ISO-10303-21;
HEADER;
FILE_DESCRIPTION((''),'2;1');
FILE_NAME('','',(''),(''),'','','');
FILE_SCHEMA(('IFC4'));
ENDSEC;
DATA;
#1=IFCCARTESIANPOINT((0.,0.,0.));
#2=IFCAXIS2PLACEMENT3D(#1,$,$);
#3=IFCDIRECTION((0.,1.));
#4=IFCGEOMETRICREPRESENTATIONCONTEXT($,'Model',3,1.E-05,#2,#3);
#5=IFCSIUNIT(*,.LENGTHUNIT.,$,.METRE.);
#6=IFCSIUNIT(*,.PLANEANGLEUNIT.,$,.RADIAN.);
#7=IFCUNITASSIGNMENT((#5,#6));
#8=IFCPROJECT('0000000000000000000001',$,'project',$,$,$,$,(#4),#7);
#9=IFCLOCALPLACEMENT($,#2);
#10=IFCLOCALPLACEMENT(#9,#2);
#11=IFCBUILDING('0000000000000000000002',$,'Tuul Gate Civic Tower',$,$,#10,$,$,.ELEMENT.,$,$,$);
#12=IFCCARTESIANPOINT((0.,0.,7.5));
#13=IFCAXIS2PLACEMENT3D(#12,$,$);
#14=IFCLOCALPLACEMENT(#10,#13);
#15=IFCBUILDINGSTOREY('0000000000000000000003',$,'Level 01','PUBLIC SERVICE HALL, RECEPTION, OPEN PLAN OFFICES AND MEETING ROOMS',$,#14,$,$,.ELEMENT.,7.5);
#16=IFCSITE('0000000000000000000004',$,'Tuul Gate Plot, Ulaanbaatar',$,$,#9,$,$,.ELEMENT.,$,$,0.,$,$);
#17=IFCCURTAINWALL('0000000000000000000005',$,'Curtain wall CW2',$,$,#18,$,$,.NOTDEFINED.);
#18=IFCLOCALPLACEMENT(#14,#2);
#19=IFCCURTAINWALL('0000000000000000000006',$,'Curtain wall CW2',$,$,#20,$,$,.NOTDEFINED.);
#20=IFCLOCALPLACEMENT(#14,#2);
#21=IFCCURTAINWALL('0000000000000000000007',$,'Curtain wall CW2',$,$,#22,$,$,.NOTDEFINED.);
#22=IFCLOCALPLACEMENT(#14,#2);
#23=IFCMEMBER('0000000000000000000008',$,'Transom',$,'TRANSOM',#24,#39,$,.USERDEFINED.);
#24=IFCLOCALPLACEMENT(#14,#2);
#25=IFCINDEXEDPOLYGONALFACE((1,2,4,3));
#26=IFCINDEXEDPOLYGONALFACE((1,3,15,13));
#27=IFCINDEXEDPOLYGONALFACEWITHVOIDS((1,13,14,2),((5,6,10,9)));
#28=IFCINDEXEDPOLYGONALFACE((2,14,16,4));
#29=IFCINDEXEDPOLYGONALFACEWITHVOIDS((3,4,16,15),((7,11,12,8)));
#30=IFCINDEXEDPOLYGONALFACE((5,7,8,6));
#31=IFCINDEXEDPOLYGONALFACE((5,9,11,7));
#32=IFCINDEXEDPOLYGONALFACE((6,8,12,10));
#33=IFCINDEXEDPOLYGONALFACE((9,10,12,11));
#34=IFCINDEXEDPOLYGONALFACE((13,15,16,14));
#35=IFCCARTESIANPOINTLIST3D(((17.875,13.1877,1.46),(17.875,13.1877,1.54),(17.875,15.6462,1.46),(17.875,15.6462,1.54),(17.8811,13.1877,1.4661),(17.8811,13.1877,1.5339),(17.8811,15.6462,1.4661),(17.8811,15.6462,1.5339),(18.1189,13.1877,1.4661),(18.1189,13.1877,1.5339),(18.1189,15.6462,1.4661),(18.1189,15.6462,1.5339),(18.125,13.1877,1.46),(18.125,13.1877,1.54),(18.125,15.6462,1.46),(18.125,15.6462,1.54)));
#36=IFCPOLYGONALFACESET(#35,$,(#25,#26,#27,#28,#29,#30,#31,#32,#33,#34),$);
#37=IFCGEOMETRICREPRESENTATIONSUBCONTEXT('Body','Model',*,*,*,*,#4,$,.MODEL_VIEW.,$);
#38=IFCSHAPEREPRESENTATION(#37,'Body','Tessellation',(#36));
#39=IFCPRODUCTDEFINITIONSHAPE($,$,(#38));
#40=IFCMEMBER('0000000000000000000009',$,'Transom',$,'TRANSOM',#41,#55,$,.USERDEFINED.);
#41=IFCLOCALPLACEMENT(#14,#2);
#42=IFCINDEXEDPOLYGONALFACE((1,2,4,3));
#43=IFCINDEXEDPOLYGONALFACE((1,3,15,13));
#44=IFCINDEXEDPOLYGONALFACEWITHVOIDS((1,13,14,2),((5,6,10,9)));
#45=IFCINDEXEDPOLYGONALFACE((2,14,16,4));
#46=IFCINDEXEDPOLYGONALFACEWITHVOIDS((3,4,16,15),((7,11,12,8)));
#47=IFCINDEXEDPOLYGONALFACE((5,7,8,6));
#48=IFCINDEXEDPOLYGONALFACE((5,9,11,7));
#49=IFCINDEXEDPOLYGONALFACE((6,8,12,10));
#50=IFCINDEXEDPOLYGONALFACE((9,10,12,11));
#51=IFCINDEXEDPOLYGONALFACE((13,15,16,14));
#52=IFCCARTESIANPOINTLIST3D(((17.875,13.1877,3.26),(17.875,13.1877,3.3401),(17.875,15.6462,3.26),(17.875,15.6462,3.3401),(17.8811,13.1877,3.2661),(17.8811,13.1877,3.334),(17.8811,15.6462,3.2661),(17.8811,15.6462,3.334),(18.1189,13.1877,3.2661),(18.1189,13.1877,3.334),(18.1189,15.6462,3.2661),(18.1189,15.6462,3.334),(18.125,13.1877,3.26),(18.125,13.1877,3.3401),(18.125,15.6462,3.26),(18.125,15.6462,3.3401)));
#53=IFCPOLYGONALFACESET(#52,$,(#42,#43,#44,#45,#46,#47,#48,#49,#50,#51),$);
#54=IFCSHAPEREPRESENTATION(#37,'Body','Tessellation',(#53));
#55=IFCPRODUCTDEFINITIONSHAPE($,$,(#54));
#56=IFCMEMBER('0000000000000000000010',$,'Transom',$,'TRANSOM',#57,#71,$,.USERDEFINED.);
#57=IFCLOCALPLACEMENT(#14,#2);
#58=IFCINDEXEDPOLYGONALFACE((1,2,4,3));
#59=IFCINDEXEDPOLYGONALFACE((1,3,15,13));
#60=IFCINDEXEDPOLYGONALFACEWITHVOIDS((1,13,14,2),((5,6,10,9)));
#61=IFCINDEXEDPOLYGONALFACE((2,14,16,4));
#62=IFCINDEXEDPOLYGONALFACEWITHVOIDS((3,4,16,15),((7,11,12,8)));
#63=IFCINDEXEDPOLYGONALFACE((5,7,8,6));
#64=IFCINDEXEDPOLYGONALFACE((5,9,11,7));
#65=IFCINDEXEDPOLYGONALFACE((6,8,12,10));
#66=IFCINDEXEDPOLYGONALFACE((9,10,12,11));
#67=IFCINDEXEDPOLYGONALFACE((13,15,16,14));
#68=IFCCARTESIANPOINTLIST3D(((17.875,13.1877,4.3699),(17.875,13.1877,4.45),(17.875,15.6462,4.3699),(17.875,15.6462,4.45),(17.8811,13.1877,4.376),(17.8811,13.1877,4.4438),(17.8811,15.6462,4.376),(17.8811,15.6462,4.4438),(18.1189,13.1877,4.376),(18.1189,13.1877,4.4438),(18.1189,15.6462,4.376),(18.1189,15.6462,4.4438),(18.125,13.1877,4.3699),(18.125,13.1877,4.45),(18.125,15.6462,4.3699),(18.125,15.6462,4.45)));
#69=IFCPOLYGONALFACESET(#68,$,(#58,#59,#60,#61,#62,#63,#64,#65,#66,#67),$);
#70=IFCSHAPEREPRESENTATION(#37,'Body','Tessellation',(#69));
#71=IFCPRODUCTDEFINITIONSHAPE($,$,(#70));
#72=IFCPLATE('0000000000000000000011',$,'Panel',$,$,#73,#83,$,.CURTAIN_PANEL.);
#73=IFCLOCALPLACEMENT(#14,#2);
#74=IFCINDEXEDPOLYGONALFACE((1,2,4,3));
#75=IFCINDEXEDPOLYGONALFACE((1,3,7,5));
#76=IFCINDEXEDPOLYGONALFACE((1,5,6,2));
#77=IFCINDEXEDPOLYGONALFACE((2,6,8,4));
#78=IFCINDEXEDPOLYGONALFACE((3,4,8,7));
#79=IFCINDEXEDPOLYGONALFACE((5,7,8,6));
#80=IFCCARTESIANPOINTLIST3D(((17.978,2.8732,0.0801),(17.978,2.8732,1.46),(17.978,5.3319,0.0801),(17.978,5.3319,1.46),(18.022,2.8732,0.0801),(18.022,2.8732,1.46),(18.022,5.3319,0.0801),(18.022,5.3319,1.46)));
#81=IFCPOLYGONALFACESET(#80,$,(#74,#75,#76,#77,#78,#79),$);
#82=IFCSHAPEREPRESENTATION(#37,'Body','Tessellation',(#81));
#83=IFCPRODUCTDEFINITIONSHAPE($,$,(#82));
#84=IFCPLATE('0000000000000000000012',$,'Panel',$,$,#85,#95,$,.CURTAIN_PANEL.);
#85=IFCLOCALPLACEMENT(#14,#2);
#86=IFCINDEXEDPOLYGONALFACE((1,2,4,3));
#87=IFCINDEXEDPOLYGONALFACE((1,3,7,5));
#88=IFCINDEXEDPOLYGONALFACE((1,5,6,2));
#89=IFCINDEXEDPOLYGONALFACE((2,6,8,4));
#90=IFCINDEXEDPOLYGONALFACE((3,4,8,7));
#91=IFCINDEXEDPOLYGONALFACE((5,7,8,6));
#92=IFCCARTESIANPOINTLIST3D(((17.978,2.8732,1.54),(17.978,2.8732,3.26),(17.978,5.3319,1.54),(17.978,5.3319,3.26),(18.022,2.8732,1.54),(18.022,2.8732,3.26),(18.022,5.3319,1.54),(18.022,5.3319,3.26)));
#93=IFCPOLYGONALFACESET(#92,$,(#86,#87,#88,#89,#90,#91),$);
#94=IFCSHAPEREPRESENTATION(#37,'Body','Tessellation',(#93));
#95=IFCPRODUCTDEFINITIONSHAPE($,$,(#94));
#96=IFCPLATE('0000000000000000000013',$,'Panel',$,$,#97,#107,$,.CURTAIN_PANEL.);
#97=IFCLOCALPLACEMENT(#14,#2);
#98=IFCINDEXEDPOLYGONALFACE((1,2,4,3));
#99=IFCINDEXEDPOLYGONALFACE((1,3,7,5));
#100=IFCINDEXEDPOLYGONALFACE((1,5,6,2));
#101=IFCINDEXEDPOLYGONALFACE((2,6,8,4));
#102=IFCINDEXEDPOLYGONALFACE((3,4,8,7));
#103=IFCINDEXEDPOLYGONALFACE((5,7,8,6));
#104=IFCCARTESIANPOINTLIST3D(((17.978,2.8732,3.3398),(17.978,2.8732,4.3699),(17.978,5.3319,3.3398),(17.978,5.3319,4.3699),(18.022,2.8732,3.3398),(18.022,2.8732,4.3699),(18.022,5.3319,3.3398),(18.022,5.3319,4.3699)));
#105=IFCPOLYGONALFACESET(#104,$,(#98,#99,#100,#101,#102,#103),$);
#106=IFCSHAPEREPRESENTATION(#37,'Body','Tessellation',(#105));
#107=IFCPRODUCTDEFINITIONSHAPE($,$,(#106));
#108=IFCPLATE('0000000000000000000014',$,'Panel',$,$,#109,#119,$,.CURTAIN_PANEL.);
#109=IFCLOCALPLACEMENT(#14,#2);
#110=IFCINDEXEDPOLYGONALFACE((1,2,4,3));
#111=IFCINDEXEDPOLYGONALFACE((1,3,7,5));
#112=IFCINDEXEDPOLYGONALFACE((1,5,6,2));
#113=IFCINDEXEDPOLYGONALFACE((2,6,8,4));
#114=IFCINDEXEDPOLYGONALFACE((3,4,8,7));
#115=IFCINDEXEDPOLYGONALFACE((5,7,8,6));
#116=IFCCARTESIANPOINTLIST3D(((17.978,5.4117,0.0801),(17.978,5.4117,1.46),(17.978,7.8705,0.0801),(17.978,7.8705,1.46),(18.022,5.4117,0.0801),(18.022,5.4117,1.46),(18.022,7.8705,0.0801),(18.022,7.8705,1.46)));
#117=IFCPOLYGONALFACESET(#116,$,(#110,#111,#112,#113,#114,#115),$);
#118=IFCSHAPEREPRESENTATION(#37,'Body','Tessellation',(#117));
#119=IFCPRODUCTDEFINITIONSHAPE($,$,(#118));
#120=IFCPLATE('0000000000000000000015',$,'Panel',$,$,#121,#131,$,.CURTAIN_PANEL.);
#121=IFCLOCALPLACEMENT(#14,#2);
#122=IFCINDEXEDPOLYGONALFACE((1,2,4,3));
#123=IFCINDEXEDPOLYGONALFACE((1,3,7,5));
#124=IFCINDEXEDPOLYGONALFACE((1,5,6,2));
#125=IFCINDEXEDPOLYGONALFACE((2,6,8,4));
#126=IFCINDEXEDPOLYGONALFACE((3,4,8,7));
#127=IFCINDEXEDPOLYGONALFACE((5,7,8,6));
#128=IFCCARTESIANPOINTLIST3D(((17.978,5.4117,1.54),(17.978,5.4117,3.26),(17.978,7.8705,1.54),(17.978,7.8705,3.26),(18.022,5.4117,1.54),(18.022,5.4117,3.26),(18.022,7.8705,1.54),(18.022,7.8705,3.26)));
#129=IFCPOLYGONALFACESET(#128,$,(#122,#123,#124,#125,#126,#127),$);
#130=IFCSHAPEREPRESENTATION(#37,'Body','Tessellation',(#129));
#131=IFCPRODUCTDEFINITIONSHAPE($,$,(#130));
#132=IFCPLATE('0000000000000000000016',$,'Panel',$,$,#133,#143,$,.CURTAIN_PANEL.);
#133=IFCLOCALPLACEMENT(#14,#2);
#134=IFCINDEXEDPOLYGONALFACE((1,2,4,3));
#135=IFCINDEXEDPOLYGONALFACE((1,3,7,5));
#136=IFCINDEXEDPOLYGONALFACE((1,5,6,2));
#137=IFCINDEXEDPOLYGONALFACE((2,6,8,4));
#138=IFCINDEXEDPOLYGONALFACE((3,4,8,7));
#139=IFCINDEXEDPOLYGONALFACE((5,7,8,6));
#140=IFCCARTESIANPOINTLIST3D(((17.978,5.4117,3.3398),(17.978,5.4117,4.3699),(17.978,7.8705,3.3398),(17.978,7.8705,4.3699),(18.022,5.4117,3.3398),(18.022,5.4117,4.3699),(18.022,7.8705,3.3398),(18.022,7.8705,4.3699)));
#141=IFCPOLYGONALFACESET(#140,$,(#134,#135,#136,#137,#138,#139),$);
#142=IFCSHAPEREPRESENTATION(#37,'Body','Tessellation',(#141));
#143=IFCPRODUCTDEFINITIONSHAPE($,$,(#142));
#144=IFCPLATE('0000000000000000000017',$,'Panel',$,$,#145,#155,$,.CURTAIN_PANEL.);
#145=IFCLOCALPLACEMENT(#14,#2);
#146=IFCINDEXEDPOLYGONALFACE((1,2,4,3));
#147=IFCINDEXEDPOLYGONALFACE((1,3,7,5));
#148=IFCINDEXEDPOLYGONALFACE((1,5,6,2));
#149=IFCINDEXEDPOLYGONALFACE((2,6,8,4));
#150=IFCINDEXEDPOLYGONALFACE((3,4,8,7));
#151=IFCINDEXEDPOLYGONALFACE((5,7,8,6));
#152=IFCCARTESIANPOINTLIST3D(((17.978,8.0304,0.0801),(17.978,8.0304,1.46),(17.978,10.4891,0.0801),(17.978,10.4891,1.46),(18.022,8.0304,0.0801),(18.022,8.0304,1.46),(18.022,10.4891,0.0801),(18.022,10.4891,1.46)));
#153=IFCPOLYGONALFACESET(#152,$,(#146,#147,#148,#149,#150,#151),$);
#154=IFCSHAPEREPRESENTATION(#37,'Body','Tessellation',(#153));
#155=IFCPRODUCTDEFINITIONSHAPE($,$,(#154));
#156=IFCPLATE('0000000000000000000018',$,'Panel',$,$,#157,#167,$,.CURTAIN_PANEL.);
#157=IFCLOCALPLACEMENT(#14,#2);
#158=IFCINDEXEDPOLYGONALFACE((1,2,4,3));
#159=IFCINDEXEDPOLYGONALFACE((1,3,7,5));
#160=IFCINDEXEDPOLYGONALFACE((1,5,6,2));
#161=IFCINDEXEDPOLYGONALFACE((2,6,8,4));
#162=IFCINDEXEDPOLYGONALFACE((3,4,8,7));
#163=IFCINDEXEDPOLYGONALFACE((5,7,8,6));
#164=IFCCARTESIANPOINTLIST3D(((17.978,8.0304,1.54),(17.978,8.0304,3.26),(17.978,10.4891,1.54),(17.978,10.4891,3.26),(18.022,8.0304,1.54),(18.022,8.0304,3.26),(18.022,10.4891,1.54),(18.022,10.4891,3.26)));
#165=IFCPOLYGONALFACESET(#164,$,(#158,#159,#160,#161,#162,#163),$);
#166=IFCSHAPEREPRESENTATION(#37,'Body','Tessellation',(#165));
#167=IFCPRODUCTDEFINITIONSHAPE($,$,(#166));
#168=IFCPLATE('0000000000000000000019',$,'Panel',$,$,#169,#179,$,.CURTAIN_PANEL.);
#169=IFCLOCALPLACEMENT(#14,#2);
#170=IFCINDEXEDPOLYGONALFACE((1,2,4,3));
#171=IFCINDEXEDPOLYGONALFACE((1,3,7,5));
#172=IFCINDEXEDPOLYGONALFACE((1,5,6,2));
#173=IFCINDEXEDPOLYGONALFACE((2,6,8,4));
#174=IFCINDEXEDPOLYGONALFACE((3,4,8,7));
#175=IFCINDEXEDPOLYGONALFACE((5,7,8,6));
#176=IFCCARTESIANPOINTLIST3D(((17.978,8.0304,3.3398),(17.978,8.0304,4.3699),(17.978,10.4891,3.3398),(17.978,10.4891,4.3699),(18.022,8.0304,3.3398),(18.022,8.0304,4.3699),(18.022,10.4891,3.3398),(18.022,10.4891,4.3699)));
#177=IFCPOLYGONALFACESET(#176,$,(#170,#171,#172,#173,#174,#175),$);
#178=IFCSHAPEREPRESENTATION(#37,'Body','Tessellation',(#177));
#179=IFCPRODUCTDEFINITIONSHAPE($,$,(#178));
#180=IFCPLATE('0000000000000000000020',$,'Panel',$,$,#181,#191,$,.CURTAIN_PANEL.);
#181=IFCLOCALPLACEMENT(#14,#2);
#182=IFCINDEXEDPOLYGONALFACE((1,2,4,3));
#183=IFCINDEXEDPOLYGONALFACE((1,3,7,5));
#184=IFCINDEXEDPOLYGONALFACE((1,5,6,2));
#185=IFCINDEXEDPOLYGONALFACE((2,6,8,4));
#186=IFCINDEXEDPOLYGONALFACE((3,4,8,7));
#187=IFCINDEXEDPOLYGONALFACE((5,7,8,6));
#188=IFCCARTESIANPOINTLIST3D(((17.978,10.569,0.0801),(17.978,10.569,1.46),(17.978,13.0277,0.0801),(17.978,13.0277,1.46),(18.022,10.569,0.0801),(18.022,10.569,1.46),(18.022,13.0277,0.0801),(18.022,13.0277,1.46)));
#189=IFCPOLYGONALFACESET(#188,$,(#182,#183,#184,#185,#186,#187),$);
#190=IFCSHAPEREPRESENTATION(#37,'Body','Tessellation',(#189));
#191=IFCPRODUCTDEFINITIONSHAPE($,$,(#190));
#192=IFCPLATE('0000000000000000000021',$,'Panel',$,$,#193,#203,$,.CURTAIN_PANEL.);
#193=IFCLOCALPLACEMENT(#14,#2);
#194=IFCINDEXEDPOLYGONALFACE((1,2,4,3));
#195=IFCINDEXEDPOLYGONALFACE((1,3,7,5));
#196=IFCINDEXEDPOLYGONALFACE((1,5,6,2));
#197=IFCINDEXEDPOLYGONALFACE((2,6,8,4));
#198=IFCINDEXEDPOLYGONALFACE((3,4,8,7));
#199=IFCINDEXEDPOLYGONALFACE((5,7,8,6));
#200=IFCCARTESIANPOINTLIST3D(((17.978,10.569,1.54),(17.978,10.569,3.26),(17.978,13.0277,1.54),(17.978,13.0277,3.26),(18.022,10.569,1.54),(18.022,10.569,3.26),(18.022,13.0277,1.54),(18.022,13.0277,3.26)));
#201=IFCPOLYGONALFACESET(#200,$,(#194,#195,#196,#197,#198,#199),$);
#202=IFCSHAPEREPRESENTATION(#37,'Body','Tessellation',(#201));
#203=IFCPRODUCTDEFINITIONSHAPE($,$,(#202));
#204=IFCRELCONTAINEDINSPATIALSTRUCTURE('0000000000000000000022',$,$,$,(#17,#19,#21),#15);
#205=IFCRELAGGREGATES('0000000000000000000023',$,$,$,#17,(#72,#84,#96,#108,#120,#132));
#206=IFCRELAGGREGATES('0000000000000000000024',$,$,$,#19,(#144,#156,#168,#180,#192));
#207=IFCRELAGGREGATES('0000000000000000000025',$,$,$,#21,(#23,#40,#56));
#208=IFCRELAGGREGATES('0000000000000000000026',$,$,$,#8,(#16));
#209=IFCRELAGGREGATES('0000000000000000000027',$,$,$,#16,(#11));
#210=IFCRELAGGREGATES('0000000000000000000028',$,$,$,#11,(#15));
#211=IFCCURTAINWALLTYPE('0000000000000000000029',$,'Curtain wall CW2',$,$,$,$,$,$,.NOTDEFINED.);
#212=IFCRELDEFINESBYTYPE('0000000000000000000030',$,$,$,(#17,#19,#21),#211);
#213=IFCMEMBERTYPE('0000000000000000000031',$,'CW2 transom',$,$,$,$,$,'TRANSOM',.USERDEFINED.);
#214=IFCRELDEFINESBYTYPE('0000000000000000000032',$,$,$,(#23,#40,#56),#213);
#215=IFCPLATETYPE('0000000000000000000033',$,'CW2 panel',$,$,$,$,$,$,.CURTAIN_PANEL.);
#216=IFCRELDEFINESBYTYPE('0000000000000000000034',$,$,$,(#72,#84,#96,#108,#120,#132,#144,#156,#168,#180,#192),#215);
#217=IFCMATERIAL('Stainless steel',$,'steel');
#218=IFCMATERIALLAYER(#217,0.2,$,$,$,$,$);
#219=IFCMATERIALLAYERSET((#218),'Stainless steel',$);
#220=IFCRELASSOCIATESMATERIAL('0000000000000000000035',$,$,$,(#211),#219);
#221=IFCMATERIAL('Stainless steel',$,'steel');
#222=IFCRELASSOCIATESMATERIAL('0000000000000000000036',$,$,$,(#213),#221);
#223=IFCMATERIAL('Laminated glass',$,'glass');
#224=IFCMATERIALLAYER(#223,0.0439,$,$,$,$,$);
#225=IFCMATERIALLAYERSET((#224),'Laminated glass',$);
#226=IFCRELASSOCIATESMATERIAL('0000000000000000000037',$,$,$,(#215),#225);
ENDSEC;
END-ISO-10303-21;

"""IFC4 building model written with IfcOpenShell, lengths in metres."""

from ifc_helpers import new_model, si_unit, direction, frame, origin, origin_2d, place, context, subcontext, project, spatial, rectangle, hollow_rectangle, extrude, material, layer, layer_set, material_profile, profile_set, type_object, element, aggregate, save


model = new_model("IFC4")

# Units and contexts
model_context = context("Model", 3, precision=1e-05, world=origin(), true_north=direction((0.0, 1.0)))
body_context = subcontext(model_context, "Body", "Model", "MODEL_VIEW")
ifc_project = project(units=[si_unit("LENGTHUNIT", "METRE"), si_unit("PLANEANGLEUNIT", "RADIAN")], contexts=[model_context])

# Site, building, storey
site_placement = place(None, origin())
site = spatial("IfcSite", under=ifc_project, at=site_placement, Name="Tuul Gate Plot, Ulaanbaatar", CompositionType="ELEMENT", RefElevation=0.0)
building_placement = place(site_placement, origin())
building = spatial("IfcBuilding", under=site, at=building_placement, Name="Tuul Gate Civic Tower", CompositionType="ELEMENT")
storey_placement = place(building_placement, frame((0.0, 0.0, 7.5)))
storey = spatial("IfcBuildingStorey", under=building, at=storey_placement, Name="Level 01", Description="PUBLIC SERVICE HALL, RECEPTION, OPEN PLAN OFFICES AND MEETING ROOMS", CompositionType="ELEMENT", Elevation=7.5)

# Curtain walls
ifc_material_1 = material(Name="Stainless steel", Category="steel")
ifc_layer_1 = layer(ifc_material_1, 0.2)
ifc_layer_set_1 = layer_set([ifc_layer_1], Name="Stainless steel")
curtain_wall_type = type_object("IfcCurtainWallType", Name="Curtain wall CW2", PredefinedType="NOTDEFINED", material=ifc_layer_set_1)
curtain_wall_1_placement = place(storey_placement, origin())
curtain_wall_1 = element("IfcCurtainWall", 1, at=curtain_wall_1_placement, inside=storey, type_object=curtain_wall_type, Name="Curtain wall CW2", PredefinedType="NOTDEFINED")
curtain_wall_2_placement = place(storey_placement, origin())
curtain_wall_2 = element("IfcCurtainWall", 2, at=curtain_wall_2_placement, inside=storey, type_object=curtain_wall_type, Name="Curtain wall CW2", PredefinedType="NOTDEFINED")

# Curtain wall
curtain_wall_3_placement = place(storey_placement, origin())
curtain_wall_3 = element("IfcCurtainWall", 3, at=curtain_wall_3_placement, inside=storey, type_object=curtain_wall_type, Name="Curtain wall CW2", PredefinedType="NOTDEFINED")

# Members
ifc_material_2 = material(Name="Stainless steel", Category="steel")
ifc_material_profile_1 = material_profile(ifc_material_2, hollow_rectangle(XDim=0.25, YDim=0.0801, WallThickness=0.0061, at=origin_2d()), Name="CW2 transom")
ifc_profile_set_1 = profile_set([ifc_material_profile_1], Name="Stainless steel")
member_type_1 = type_object("IfcMemberType", Name="CW2 transom", ElementType="TRANSOM", PredefinedType="USERDEFINED", material=ifc_profile_set_1)
member_1_placement = place(storey_placement, frame((18.0, 13.1877, 1.5), z_axis=(0.0, 1.0, 0.0), x_axis=(-1.0, 0.0, 0.0)))
member_1 = element("IfcMember", 4, at=member_1_placement, type_object=member_type_1, Name="Transom", ObjectType="TRANSOM", PredefinedType="USERDEFINED", context=body_context, shape_type="SweptSolid", body=[
    extrude(hollow_rectangle(XDim=0.25, YDim=0.0801, WallThickness=0.0061, at=origin_2d()), origin(), (0.0, 0.0, 1.0), 2.4585),
])
member_2_placement = place(storey_placement, frame((18.0, 13.1877, 3.3), z_axis=(0.0, 1.0, 0.0), x_axis=(-1.0, 0.0, 0.0)))
member_2 = element("IfcMember", 5, at=member_2_placement, type_object=member_type_1, Name="Transom", ObjectType="TRANSOM", PredefinedType="USERDEFINED", context=body_context, shape_type="SweptSolid", body=[
    extrude(hollow_rectangle(XDim=0.25, YDim=0.0801, WallThickness=0.0061, at=origin_2d()), origin(), (0.0, 0.0, 1.0), 2.4585),
])
member_3_placement = place(storey_placement, frame((18.0, 13.1877, 4.4099), z_axis=(0.0, 1.0, 0.0), x_axis=(-1.0, 0.0, 0.0)))
member_3 = element("IfcMember", 6, at=member_3_placement, type_object=member_type_1, Name="Transom", ObjectType="TRANSOM", PredefinedType="USERDEFINED", context=body_context, shape_type="SweptSolid", body=[
    extrude(hollow_rectangle(XDim=0.25, YDim=0.0801, WallThickness=0.0061, at=origin_2d()), origin(), (0.0, 0.0, 1.0), 2.4585),
])

# Plates
ifc_material_3 = material(Name="Laminated glass", Category="glass")
ifc_layer_2 = layer(ifc_material_3, 0.0439)
ifc_layer_set_2 = layer_set([ifc_layer_2], Name="Laminated glass")
plate_type = type_object("IfcPlateType", Name="CW2 panel", PredefinedType="CURTAIN_PANEL", material=ifc_layer_set_2)
plate_1_placement = place(storey_placement, frame((18.0, 4.1025, 0.0801), z_axis=(0.0, 0.0, 1.0), x_axis=(0.0, 1.0, 0.0)))
plate_1 = element("IfcPlate", 7, at=plate_1_placement, type_object=plate_type, Name="Panel", PredefinedType="CURTAIN_PANEL", context=body_context, shape_type="SweptSolid", body=[
    extrude(rectangle(XDim=2.4587, YDim=0.0439, at=origin_2d()), origin(), (0.0, 0.0, 1.0), 1.3799),
])
plate_2_placement = place(storey_placement, frame((18.0, 4.1025, 1.54), z_axis=(0.0, 0.0, 1.0), x_axis=(0.0, 1.0, 0.0)))
plate_2 = element("IfcPlate", 8, at=plate_2_placement, type_object=plate_type, Name="Panel", PredefinedType="CURTAIN_PANEL", context=body_context, shape_type="SweptSolid", body=[
    extrude(rectangle(XDim=2.4587, YDim=0.0439, at=origin_2d()), origin(), (0.0, 0.0, 1.0), 1.72),
])
plate_3_placement = place(storey_placement, frame((18.0, 4.1025, 3.3398), z_axis=(0.0, 0.0, 1.0), x_axis=(0.0, 1.0, 0.0)))
plate_3 = element("IfcPlate", 9, at=plate_3_placement, type_object=plate_type, Name="Panel", PredefinedType="CURTAIN_PANEL", context=body_context, shape_type="SweptSolid", body=[
    extrude(rectangle(XDim=2.4587, YDim=0.0439, at=origin_2d()), origin(), (0.0, 0.0, 1.0), 1.03),
])
plate_4_placement = place(storey_placement, frame((18.0, 6.6411, 0.0801), z_axis=(0.0, 0.0, 1.0), x_axis=(0.0, 1.0, 0.0)))
plate_4 = element("IfcPlate", 10, at=plate_4_placement, type_object=plate_type, Name="Panel", PredefinedType="CURTAIN_PANEL", context=body_context, shape_type="SweptSolid", body=[
    extrude(rectangle(XDim=2.4587, YDim=0.0439, at=origin_2d()), origin(), (0.0, 0.0, 1.0), 1.3799),
])
plate_5_placement = place(storey_placement, frame((18.0, 6.6411, 1.54), z_axis=(0.0, 0.0, 1.0), x_axis=(0.0, 1.0, 0.0)))
plate_5 = element("IfcPlate", 11, at=plate_5_placement, type_object=plate_type, Name="Panel", PredefinedType="CURTAIN_PANEL", context=body_context, shape_type="SweptSolid", body=[
    extrude(rectangle(XDim=2.4587, YDim=0.0439, at=origin_2d()), origin(), (0.0, 0.0, 1.0), 1.72),
])
plate_6_placement = place(storey_placement, frame((18.0, 6.6411, 3.3398), z_axis=(0.0, 0.0, 1.0), x_axis=(0.0, 1.0, 0.0)))
plate_6 = element("IfcPlate", 12, at=plate_6_placement, type_object=plate_type, Name="Panel", PredefinedType="CURTAIN_PANEL", context=body_context, shape_type="SweptSolid", body=[
    extrude(rectangle(XDim=2.4587, YDim=0.0439, at=origin_2d()), origin(), (0.0, 0.0, 1.0), 1.03),
])
aggregate(curtain_wall_1, [plate_1, plate_2, plate_3, plate_4, plate_5, plate_6])
plate_7_placement = place(storey_placement, frame((18.0, 9.2598, 0.0801), z_axis=(0.0, 0.0, 1.0), x_axis=(0.0, 1.0, 0.0)))
plate_7 = element("IfcPlate", 13, at=plate_7_placement, type_object=plate_type, Name="Panel", PredefinedType="CURTAIN_PANEL", context=body_context, shape_type="SweptSolid", body=[
    extrude(rectangle(XDim=2.4587, YDim=0.0439, at=origin_2d()), origin(), (0.0, 0.0, 1.0), 1.3799),
])
plate_8_placement = place(storey_placement, frame((18.0, 9.2598, 1.54), z_axis=(0.0, 0.0, 1.0), x_axis=(0.0, 1.0, 0.0)))
plate_8 = element("IfcPlate", 14, at=plate_8_placement, type_object=plate_type, Name="Panel", PredefinedType="CURTAIN_PANEL", context=body_context, shape_type="SweptSolid", body=[
    extrude(rectangle(XDim=2.4587, YDim=0.0439, at=origin_2d()), origin(), (0.0, 0.0, 1.0), 1.72),
])
plate_9_placement = place(storey_placement, frame((18.0, 9.2598, 3.3398), z_axis=(0.0, 0.0, 1.0), x_axis=(0.0, 1.0, 0.0)))
plate_9 = element("IfcPlate", 15, at=plate_9_placement, type_object=plate_type, Name="Panel", PredefinedType="CURTAIN_PANEL", context=body_context, shape_type="SweptSolid", body=[
    extrude(rectangle(XDim=2.4587, YDim=0.0439, at=origin_2d()), origin(), (0.0, 0.0, 1.0), 1.03),
])
plate_10_placement = place(storey_placement, frame((18.0, 11.7983, 0.0801), z_axis=(0.0, 0.0, 1.0), x_axis=(0.0, 1.0, 0.0)))
plate_10 = element("IfcPlate", 16, at=plate_10_placement, type_object=plate_type, Name="Panel", PredefinedType="CURTAIN_PANEL", context=body_context, shape_type="SweptSolid", body=[
    extrude(rectangle(XDim=2.4587, YDim=0.0439, at=origin_2d()), origin(), (0.0, 0.0, 1.0), 1.3799),
])
plate_11_placement = place(storey_placement, frame((18.0, 11.7983, 1.54), z_axis=(0.0, 0.0, 1.0), x_axis=(0.0, 1.0, 0.0)))
plate_11 = element("IfcPlate", 17, at=plate_11_placement, type_object=plate_type, Name="Panel", PredefinedType="CURTAIN_PANEL", context=body_context, shape_type="SweptSolid", body=[
    extrude(rectangle(XDim=2.4587, YDim=0.0439, at=origin_2d()), origin(), (0.0, 0.0, 1.0), 1.72),
])
aggregate(curtain_wall_2, [plate_7, plate_8, plate_9, plate_10, plate_11])
aggregate(curtain_wall_3, [member_1, member_2, member_3])

save(model, "model.ifc")
